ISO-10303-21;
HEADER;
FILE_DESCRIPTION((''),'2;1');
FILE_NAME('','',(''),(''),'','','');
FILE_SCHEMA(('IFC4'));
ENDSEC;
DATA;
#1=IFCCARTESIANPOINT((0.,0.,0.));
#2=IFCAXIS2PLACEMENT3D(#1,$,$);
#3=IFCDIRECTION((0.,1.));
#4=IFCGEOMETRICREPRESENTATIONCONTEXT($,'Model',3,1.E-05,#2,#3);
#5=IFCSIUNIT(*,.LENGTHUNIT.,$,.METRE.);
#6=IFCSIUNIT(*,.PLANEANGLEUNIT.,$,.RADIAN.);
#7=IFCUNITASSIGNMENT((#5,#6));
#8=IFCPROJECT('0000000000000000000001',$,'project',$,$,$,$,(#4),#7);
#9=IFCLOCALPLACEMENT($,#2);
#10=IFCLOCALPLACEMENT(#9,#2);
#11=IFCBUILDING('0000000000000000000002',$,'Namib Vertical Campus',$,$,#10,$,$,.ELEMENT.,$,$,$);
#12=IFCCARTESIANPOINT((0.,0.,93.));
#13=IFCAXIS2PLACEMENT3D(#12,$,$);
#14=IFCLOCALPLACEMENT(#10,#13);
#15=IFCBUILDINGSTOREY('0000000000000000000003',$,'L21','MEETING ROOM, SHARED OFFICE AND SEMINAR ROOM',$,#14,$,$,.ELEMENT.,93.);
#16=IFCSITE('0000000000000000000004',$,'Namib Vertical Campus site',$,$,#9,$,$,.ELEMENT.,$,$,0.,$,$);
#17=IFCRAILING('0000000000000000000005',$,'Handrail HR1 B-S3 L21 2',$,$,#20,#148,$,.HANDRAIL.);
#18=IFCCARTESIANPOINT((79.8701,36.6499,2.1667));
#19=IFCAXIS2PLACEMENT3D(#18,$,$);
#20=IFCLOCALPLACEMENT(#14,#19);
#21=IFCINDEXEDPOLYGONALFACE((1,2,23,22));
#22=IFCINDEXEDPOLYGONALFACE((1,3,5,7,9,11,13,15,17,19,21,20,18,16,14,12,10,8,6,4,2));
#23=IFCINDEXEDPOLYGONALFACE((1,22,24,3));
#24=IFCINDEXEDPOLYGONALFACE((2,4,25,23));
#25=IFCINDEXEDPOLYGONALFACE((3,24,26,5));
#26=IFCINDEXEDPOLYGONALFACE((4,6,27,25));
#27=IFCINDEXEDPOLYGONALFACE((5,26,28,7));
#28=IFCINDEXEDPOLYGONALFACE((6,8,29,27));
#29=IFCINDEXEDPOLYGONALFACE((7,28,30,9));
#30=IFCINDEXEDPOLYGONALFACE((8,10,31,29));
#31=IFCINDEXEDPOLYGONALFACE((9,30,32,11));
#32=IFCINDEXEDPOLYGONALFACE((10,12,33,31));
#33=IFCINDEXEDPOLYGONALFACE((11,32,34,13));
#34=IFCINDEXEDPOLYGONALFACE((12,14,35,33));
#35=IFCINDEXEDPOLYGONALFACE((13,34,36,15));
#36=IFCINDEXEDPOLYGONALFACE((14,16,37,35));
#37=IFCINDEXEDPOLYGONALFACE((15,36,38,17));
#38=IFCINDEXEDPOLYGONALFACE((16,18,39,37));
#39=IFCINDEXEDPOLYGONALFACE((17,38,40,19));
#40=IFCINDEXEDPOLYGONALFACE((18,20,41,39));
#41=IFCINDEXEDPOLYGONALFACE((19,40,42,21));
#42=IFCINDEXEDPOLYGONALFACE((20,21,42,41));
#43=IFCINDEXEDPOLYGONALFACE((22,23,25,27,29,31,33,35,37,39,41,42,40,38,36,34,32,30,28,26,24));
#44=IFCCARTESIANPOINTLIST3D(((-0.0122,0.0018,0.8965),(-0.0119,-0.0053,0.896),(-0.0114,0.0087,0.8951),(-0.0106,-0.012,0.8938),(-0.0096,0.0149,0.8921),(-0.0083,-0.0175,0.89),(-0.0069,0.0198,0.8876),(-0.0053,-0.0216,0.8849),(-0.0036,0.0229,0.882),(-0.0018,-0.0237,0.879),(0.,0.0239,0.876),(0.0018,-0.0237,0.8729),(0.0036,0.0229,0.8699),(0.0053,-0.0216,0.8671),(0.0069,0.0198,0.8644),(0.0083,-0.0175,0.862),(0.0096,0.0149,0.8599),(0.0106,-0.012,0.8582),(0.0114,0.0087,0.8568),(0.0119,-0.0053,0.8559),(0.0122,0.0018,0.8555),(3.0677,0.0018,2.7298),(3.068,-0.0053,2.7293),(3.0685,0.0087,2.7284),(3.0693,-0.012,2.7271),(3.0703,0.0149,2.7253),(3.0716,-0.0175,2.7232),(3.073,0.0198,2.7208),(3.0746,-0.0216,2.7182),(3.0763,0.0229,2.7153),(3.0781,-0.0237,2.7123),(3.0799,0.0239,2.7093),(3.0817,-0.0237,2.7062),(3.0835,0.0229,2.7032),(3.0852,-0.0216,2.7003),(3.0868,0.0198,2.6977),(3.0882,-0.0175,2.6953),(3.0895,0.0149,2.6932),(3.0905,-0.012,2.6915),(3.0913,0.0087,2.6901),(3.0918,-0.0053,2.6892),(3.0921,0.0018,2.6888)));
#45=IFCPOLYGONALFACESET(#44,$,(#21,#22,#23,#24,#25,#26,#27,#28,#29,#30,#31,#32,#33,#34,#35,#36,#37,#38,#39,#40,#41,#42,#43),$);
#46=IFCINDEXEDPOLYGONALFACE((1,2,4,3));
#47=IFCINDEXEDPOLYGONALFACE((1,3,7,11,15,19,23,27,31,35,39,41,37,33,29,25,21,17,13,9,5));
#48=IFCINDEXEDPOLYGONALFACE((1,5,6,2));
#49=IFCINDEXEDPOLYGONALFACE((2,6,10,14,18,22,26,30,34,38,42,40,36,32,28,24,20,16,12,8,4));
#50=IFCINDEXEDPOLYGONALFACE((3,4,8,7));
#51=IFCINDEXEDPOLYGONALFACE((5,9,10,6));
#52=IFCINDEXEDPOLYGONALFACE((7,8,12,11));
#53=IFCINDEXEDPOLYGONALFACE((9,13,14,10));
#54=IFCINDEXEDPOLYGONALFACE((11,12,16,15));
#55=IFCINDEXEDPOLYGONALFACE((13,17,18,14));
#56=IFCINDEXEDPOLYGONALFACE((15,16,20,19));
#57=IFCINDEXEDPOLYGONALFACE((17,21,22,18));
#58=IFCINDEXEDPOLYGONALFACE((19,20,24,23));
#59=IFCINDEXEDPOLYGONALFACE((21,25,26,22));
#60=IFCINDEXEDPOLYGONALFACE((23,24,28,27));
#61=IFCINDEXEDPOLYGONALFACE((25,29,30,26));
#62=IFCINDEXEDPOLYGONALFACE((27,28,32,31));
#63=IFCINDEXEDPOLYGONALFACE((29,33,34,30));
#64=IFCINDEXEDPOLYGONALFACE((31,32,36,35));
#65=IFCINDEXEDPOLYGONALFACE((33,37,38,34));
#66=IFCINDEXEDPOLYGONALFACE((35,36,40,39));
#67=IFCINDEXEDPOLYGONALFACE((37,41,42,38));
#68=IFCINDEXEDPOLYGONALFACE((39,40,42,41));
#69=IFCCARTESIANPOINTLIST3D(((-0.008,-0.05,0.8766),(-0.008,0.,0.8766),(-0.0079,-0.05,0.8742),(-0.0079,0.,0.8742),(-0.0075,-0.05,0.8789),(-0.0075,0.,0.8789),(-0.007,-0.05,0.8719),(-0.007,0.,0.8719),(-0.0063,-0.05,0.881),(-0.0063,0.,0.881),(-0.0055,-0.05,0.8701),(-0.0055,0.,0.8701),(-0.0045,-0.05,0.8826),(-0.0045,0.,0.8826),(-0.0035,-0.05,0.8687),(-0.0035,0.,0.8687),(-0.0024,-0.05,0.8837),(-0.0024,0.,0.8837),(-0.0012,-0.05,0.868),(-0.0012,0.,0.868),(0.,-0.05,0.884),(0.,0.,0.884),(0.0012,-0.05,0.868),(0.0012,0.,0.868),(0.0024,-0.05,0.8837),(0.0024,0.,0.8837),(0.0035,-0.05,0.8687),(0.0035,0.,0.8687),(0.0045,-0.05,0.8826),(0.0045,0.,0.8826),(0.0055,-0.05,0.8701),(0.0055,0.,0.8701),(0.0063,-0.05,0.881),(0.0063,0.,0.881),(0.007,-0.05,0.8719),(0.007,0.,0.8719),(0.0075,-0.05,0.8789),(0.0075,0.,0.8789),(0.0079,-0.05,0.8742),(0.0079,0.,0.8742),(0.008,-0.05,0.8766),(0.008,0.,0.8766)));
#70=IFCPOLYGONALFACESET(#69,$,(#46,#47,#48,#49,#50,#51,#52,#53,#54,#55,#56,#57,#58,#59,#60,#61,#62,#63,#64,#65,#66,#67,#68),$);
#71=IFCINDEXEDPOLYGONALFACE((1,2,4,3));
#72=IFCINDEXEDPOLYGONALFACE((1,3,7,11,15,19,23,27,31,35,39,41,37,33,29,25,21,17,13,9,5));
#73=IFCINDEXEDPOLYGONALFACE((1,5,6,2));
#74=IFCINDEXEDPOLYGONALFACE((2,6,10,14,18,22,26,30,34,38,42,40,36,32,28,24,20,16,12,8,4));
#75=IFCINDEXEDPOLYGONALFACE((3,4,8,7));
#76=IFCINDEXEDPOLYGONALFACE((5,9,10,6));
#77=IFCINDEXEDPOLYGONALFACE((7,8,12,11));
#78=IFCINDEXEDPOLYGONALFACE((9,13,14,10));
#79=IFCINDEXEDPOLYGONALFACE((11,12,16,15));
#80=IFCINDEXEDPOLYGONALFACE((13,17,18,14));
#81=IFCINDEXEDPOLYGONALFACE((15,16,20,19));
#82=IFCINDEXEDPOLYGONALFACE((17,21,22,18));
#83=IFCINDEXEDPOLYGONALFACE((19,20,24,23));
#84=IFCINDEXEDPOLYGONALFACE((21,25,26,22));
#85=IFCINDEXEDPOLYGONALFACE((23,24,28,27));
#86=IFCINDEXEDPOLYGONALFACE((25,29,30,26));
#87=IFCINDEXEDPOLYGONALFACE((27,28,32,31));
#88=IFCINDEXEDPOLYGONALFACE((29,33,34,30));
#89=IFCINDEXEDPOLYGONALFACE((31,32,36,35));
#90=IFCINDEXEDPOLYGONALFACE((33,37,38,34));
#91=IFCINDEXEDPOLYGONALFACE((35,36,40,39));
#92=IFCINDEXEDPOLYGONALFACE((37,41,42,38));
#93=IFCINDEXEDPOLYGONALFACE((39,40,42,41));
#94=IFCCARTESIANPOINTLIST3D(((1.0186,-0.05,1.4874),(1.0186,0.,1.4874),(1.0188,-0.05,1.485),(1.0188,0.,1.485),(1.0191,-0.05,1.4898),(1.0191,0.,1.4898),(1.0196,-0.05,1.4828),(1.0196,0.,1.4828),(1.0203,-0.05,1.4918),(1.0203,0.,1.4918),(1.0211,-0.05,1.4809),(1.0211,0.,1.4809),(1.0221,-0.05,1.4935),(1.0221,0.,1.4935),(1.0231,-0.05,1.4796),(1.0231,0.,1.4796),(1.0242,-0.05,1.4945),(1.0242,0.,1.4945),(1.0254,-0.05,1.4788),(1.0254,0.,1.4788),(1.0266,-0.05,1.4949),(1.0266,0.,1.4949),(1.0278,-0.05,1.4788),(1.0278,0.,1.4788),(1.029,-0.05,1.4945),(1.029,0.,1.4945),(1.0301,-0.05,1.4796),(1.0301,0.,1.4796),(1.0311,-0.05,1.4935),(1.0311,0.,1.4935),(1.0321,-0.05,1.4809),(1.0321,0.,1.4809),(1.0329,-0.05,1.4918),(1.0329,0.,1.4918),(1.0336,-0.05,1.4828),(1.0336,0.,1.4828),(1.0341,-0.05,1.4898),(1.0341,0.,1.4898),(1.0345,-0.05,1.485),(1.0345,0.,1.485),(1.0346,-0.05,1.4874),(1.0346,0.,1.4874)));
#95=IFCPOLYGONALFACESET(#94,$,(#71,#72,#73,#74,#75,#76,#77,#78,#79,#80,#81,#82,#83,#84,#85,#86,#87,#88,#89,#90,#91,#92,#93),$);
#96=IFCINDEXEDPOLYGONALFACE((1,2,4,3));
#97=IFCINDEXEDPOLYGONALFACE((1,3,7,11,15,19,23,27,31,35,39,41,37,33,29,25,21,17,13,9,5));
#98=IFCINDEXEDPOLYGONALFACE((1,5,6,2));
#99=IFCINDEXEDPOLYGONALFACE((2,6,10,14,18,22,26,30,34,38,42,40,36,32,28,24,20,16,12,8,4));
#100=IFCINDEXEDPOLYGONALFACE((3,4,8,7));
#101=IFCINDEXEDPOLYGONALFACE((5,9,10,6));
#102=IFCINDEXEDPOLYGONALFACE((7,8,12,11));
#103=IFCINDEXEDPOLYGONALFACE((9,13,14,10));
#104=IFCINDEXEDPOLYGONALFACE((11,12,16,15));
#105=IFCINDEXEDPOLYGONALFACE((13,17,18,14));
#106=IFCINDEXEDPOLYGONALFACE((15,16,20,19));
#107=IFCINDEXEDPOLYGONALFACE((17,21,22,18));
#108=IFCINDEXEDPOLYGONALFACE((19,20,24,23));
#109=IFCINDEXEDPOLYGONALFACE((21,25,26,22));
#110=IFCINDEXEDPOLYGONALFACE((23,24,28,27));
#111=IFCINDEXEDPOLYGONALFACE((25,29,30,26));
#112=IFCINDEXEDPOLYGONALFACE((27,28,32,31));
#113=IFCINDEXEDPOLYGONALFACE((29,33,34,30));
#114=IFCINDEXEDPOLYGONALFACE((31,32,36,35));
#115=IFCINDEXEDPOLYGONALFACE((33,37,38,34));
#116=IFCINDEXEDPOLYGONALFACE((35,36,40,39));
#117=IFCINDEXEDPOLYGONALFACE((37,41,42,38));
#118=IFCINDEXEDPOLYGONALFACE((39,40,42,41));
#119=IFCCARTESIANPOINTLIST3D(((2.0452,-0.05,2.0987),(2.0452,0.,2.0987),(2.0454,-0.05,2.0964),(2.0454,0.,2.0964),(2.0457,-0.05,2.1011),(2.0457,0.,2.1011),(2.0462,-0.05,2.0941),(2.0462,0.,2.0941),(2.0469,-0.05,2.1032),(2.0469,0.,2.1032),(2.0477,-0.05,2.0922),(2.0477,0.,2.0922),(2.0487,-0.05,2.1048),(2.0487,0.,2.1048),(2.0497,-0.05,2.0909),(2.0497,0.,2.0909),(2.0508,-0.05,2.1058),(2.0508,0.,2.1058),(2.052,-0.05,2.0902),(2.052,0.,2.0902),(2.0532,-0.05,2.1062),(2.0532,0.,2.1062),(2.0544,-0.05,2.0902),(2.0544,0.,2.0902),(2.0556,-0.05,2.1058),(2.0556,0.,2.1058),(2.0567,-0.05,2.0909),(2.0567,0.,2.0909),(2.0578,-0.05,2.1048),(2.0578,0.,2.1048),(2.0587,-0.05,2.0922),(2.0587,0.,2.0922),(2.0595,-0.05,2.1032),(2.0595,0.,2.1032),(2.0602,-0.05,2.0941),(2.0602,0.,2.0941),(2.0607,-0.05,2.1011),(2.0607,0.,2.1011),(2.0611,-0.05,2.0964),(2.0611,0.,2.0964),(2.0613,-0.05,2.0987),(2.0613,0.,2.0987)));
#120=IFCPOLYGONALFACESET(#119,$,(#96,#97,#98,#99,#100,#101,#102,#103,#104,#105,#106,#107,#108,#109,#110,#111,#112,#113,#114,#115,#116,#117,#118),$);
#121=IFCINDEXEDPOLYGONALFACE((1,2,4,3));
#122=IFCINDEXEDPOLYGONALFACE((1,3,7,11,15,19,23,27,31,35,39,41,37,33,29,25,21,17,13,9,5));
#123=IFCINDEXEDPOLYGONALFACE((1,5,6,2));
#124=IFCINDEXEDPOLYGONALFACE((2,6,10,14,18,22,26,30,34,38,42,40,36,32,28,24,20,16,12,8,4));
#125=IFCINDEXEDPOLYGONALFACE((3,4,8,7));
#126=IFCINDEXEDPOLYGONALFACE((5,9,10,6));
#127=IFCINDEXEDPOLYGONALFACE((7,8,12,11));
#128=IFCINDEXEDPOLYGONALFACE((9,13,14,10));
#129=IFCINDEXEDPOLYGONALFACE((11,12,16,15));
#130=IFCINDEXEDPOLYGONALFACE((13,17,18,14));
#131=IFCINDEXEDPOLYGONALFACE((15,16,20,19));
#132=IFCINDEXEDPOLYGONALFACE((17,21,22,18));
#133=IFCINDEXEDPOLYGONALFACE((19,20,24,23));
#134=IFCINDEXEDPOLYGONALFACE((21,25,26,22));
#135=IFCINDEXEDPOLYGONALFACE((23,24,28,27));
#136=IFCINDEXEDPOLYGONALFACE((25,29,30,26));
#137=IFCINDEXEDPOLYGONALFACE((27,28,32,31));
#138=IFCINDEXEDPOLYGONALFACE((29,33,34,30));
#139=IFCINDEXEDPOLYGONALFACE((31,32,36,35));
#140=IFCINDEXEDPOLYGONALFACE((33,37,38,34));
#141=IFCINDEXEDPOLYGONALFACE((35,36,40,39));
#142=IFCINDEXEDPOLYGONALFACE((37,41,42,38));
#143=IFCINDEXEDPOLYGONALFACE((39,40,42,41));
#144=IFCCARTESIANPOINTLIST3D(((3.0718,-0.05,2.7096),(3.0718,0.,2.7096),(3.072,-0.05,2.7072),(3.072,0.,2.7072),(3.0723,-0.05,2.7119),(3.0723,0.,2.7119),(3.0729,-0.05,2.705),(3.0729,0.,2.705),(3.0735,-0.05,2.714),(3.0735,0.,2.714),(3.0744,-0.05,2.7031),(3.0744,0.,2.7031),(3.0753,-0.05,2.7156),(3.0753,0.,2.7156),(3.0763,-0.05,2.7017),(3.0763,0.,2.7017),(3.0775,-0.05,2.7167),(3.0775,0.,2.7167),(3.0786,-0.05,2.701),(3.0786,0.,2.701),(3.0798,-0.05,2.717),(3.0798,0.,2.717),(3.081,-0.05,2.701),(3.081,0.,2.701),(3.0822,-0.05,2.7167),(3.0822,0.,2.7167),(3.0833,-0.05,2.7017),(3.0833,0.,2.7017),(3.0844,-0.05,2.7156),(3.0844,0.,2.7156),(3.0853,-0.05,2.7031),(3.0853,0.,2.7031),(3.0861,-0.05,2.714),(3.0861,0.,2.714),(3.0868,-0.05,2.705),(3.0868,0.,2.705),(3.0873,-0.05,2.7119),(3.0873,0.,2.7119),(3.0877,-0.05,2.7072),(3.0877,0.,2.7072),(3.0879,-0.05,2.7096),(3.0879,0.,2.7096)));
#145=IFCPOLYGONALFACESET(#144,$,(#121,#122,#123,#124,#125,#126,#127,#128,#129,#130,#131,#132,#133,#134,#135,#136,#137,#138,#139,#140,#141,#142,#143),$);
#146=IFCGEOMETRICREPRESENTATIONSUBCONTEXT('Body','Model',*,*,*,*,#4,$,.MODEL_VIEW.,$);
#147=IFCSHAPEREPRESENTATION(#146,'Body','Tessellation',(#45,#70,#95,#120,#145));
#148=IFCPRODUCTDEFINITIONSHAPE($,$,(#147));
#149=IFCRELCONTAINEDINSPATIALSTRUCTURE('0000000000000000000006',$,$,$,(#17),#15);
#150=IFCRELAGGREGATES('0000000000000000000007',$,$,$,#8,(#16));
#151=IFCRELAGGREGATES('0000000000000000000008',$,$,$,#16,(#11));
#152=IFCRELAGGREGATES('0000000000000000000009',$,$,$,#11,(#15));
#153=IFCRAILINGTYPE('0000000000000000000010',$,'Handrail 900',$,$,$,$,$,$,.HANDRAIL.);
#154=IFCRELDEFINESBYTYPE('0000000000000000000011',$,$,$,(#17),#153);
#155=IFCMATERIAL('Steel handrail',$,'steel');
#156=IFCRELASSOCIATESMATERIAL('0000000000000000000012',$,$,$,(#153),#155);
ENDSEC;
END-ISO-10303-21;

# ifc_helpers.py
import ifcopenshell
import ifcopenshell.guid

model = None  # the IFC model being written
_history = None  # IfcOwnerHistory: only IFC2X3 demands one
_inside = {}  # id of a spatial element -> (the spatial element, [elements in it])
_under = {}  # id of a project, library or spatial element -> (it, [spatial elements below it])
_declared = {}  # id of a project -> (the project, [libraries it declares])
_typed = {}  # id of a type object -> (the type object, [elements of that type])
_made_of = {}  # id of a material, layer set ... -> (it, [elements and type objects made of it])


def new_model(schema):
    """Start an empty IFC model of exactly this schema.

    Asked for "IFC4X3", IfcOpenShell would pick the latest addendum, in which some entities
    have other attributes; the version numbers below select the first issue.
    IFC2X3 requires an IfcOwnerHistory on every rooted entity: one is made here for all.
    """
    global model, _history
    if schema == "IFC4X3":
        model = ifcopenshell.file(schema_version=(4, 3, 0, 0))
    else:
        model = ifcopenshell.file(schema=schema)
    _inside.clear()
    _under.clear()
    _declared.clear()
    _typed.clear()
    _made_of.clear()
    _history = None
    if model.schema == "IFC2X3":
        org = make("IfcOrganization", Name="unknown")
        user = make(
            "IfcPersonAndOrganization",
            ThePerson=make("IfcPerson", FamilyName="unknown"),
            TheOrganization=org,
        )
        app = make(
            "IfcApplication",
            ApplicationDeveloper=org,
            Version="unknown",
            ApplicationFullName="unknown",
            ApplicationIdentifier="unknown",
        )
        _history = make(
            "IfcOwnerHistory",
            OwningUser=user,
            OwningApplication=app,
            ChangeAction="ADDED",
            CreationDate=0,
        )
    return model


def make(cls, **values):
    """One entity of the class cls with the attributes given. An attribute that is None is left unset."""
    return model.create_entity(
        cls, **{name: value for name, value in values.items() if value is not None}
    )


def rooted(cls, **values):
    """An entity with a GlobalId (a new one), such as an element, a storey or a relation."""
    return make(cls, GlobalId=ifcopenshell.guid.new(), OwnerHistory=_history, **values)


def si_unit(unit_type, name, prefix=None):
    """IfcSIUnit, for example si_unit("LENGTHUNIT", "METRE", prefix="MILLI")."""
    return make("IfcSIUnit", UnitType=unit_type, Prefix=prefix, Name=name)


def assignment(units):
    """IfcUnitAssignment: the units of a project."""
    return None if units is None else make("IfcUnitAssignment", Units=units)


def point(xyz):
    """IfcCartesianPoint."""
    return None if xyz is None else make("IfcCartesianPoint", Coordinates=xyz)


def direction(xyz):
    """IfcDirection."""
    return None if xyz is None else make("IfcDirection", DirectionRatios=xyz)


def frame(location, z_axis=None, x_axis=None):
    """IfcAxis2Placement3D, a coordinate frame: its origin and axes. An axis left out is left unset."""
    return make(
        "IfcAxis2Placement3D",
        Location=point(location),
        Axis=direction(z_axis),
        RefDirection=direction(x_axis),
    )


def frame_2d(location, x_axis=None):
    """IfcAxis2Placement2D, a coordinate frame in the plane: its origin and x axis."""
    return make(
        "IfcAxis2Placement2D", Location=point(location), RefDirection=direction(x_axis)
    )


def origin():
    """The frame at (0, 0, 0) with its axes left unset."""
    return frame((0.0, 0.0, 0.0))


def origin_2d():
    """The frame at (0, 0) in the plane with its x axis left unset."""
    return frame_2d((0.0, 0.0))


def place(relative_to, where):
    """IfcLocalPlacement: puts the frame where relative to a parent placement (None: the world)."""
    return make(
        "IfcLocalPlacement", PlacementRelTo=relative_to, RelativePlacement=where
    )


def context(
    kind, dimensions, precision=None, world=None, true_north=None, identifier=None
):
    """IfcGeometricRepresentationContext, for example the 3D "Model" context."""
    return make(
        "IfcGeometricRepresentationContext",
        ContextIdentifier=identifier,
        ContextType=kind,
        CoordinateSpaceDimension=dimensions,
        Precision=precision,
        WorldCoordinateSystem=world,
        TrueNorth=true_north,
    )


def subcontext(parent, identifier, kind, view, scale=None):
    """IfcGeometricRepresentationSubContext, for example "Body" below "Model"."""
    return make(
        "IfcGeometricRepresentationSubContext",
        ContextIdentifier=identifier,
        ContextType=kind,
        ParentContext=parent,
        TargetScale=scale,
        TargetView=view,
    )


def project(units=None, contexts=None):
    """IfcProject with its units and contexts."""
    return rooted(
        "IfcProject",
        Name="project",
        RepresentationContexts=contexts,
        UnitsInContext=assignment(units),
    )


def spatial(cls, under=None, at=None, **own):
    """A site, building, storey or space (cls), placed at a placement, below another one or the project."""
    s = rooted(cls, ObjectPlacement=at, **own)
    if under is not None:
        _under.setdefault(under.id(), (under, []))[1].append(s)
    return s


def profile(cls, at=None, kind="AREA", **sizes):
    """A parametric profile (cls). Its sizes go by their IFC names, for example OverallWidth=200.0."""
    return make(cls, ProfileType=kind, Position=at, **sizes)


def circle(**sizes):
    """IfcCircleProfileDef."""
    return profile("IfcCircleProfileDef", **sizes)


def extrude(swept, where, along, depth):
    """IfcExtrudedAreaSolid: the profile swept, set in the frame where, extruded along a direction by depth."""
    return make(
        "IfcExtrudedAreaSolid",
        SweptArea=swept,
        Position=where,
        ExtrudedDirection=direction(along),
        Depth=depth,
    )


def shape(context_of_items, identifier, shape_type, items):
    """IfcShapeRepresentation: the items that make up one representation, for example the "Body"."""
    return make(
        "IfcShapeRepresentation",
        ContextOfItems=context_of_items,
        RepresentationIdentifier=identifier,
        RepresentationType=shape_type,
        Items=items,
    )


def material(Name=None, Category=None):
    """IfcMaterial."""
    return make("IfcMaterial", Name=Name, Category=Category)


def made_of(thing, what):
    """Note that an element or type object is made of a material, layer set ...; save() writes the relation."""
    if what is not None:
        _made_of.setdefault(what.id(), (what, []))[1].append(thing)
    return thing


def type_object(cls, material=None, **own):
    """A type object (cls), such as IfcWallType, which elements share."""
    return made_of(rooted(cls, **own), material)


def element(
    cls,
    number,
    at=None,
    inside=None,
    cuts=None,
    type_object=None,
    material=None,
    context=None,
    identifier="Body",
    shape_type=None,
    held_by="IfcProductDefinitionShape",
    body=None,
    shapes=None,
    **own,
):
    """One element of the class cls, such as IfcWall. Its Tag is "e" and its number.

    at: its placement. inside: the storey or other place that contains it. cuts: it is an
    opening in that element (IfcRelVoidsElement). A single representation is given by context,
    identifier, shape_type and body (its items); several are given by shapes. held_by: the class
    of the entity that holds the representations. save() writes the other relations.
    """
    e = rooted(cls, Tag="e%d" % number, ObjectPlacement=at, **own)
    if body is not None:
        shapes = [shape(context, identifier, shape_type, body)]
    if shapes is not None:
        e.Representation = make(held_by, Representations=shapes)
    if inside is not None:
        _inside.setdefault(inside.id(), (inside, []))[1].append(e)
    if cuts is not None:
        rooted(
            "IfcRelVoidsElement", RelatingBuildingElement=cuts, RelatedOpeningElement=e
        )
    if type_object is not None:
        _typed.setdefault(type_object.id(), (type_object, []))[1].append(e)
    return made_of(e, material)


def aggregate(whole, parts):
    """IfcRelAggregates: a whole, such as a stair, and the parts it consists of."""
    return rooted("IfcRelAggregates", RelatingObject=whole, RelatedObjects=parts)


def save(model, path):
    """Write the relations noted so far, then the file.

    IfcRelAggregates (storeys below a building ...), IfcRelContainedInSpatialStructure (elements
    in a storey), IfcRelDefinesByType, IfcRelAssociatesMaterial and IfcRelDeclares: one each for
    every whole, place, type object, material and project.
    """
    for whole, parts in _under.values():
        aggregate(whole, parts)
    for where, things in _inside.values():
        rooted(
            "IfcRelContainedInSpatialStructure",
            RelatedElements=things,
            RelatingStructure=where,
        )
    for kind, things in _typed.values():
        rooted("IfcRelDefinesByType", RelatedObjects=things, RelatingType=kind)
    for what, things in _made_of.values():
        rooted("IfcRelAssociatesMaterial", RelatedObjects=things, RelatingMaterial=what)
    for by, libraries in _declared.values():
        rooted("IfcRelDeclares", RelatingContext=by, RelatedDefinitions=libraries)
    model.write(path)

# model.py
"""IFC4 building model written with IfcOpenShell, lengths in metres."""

from ifc_helpers import new_model, si_unit, direction, frame, origin, origin_2d, place, context, subcontext, project, spatial, circle, extrude, material, type_object, element, save


model = new_model("IFC4")

# Units and contexts
model_context = context("Model", 3, precision=1e-05, world=origin(), true_north=direction((0.0, 1.0)))
body_context = subcontext(model_context, "Body", "Model", "MODEL_VIEW")
ifc_project = project(units=[si_unit("LENGTHUNIT", "METRE"), si_unit("PLANEANGLEUNIT", "RADIAN")], contexts=[model_context])

# Site, building, storey
site_placement = place(None, origin())
site = spatial("IfcSite", under=ifc_project, at=site_placement, Name="Namib Vertical Campus site", CompositionType="ELEMENT", RefElevation=0.0)
building_placement = place(site_placement, origin())
building = spatial("IfcBuilding", under=site, at=building_placement, Name="Namib Vertical Campus", CompositionType="ELEMENT")
storey_placement = place(building_placement, frame((0.0, 0.0, 93.0)))
storey = spatial("IfcBuildingStorey", under=building, at=storey_placement, Name="L21", Description="MEETING ROOM, SHARED OFFICE AND SEMINAR ROOM", CompositionType="ELEMENT", Elevation=93.0)

# Railing
ifc_material_1 = material(Name="Steel handrail", Category="steel")
railing_type_1 = type_object("IfcRailingType", Name="Handrail 900", PredefinedType="HANDRAIL", material=ifc_material_1)
railing_1_placement = place(storey_placement, frame((79.8701, 36.6499, 2.1667)))
element("IfcRailing", 1, at=railing_1_placement, inside=storey, type_object=railing_type_1, Name="Handrail HR1 B-S3 L21 2", PredefinedType="HANDRAIL", context=body_context, shape_type="SweptSolid", body=[
    extrude(circle(Radius=0.0239, at=origin_2d()), frame((0.0, 0.0, 0.876), z_axis=(0.859291, 0.0, 0.511487), x_axis=(0.0, 1.0, 0.0)), (0.0, 0.0, 1.0), 3.5842),
    extrude(circle(Radius=0.0081, at=origin_2d()), frame((0.0, 0.0, 0.876), z_axis=(0.0, -1.0, 0.0), x_axis=(0.0, 0.0, 1.0)), (0.0, 0.0, 1.0), 0.05),
    extrude(circle(Radius=0.0081, at=origin_2d()), frame((1.0266, 0.0, 1.4868), z_axis=(0.0, -1.0, 0.0), x_axis=(0.0, 0.0, 1.0)), (0.0, 0.0, 1.0), 0.05),
    extrude(circle(Radius=0.0081, at=origin_2d()), frame((2.0532, 0.0, 2.0981), z_axis=(0.0, -1.0, 0.0), x_axis=(0.0, 0.0, 1.0)), (0.0, 0.0, 1.0), 0.05),
    extrude(circle(Radius=0.0081, at=origin_2d()), frame((3.0798, 0.0, 2.709), z_axis=(0.0, -1.0, 0.0), x_axis=(0.0, 0.0, 1.0)), (0.0, 0.0, 1.0), 0.05),
])

save(model, "model.ifc")
